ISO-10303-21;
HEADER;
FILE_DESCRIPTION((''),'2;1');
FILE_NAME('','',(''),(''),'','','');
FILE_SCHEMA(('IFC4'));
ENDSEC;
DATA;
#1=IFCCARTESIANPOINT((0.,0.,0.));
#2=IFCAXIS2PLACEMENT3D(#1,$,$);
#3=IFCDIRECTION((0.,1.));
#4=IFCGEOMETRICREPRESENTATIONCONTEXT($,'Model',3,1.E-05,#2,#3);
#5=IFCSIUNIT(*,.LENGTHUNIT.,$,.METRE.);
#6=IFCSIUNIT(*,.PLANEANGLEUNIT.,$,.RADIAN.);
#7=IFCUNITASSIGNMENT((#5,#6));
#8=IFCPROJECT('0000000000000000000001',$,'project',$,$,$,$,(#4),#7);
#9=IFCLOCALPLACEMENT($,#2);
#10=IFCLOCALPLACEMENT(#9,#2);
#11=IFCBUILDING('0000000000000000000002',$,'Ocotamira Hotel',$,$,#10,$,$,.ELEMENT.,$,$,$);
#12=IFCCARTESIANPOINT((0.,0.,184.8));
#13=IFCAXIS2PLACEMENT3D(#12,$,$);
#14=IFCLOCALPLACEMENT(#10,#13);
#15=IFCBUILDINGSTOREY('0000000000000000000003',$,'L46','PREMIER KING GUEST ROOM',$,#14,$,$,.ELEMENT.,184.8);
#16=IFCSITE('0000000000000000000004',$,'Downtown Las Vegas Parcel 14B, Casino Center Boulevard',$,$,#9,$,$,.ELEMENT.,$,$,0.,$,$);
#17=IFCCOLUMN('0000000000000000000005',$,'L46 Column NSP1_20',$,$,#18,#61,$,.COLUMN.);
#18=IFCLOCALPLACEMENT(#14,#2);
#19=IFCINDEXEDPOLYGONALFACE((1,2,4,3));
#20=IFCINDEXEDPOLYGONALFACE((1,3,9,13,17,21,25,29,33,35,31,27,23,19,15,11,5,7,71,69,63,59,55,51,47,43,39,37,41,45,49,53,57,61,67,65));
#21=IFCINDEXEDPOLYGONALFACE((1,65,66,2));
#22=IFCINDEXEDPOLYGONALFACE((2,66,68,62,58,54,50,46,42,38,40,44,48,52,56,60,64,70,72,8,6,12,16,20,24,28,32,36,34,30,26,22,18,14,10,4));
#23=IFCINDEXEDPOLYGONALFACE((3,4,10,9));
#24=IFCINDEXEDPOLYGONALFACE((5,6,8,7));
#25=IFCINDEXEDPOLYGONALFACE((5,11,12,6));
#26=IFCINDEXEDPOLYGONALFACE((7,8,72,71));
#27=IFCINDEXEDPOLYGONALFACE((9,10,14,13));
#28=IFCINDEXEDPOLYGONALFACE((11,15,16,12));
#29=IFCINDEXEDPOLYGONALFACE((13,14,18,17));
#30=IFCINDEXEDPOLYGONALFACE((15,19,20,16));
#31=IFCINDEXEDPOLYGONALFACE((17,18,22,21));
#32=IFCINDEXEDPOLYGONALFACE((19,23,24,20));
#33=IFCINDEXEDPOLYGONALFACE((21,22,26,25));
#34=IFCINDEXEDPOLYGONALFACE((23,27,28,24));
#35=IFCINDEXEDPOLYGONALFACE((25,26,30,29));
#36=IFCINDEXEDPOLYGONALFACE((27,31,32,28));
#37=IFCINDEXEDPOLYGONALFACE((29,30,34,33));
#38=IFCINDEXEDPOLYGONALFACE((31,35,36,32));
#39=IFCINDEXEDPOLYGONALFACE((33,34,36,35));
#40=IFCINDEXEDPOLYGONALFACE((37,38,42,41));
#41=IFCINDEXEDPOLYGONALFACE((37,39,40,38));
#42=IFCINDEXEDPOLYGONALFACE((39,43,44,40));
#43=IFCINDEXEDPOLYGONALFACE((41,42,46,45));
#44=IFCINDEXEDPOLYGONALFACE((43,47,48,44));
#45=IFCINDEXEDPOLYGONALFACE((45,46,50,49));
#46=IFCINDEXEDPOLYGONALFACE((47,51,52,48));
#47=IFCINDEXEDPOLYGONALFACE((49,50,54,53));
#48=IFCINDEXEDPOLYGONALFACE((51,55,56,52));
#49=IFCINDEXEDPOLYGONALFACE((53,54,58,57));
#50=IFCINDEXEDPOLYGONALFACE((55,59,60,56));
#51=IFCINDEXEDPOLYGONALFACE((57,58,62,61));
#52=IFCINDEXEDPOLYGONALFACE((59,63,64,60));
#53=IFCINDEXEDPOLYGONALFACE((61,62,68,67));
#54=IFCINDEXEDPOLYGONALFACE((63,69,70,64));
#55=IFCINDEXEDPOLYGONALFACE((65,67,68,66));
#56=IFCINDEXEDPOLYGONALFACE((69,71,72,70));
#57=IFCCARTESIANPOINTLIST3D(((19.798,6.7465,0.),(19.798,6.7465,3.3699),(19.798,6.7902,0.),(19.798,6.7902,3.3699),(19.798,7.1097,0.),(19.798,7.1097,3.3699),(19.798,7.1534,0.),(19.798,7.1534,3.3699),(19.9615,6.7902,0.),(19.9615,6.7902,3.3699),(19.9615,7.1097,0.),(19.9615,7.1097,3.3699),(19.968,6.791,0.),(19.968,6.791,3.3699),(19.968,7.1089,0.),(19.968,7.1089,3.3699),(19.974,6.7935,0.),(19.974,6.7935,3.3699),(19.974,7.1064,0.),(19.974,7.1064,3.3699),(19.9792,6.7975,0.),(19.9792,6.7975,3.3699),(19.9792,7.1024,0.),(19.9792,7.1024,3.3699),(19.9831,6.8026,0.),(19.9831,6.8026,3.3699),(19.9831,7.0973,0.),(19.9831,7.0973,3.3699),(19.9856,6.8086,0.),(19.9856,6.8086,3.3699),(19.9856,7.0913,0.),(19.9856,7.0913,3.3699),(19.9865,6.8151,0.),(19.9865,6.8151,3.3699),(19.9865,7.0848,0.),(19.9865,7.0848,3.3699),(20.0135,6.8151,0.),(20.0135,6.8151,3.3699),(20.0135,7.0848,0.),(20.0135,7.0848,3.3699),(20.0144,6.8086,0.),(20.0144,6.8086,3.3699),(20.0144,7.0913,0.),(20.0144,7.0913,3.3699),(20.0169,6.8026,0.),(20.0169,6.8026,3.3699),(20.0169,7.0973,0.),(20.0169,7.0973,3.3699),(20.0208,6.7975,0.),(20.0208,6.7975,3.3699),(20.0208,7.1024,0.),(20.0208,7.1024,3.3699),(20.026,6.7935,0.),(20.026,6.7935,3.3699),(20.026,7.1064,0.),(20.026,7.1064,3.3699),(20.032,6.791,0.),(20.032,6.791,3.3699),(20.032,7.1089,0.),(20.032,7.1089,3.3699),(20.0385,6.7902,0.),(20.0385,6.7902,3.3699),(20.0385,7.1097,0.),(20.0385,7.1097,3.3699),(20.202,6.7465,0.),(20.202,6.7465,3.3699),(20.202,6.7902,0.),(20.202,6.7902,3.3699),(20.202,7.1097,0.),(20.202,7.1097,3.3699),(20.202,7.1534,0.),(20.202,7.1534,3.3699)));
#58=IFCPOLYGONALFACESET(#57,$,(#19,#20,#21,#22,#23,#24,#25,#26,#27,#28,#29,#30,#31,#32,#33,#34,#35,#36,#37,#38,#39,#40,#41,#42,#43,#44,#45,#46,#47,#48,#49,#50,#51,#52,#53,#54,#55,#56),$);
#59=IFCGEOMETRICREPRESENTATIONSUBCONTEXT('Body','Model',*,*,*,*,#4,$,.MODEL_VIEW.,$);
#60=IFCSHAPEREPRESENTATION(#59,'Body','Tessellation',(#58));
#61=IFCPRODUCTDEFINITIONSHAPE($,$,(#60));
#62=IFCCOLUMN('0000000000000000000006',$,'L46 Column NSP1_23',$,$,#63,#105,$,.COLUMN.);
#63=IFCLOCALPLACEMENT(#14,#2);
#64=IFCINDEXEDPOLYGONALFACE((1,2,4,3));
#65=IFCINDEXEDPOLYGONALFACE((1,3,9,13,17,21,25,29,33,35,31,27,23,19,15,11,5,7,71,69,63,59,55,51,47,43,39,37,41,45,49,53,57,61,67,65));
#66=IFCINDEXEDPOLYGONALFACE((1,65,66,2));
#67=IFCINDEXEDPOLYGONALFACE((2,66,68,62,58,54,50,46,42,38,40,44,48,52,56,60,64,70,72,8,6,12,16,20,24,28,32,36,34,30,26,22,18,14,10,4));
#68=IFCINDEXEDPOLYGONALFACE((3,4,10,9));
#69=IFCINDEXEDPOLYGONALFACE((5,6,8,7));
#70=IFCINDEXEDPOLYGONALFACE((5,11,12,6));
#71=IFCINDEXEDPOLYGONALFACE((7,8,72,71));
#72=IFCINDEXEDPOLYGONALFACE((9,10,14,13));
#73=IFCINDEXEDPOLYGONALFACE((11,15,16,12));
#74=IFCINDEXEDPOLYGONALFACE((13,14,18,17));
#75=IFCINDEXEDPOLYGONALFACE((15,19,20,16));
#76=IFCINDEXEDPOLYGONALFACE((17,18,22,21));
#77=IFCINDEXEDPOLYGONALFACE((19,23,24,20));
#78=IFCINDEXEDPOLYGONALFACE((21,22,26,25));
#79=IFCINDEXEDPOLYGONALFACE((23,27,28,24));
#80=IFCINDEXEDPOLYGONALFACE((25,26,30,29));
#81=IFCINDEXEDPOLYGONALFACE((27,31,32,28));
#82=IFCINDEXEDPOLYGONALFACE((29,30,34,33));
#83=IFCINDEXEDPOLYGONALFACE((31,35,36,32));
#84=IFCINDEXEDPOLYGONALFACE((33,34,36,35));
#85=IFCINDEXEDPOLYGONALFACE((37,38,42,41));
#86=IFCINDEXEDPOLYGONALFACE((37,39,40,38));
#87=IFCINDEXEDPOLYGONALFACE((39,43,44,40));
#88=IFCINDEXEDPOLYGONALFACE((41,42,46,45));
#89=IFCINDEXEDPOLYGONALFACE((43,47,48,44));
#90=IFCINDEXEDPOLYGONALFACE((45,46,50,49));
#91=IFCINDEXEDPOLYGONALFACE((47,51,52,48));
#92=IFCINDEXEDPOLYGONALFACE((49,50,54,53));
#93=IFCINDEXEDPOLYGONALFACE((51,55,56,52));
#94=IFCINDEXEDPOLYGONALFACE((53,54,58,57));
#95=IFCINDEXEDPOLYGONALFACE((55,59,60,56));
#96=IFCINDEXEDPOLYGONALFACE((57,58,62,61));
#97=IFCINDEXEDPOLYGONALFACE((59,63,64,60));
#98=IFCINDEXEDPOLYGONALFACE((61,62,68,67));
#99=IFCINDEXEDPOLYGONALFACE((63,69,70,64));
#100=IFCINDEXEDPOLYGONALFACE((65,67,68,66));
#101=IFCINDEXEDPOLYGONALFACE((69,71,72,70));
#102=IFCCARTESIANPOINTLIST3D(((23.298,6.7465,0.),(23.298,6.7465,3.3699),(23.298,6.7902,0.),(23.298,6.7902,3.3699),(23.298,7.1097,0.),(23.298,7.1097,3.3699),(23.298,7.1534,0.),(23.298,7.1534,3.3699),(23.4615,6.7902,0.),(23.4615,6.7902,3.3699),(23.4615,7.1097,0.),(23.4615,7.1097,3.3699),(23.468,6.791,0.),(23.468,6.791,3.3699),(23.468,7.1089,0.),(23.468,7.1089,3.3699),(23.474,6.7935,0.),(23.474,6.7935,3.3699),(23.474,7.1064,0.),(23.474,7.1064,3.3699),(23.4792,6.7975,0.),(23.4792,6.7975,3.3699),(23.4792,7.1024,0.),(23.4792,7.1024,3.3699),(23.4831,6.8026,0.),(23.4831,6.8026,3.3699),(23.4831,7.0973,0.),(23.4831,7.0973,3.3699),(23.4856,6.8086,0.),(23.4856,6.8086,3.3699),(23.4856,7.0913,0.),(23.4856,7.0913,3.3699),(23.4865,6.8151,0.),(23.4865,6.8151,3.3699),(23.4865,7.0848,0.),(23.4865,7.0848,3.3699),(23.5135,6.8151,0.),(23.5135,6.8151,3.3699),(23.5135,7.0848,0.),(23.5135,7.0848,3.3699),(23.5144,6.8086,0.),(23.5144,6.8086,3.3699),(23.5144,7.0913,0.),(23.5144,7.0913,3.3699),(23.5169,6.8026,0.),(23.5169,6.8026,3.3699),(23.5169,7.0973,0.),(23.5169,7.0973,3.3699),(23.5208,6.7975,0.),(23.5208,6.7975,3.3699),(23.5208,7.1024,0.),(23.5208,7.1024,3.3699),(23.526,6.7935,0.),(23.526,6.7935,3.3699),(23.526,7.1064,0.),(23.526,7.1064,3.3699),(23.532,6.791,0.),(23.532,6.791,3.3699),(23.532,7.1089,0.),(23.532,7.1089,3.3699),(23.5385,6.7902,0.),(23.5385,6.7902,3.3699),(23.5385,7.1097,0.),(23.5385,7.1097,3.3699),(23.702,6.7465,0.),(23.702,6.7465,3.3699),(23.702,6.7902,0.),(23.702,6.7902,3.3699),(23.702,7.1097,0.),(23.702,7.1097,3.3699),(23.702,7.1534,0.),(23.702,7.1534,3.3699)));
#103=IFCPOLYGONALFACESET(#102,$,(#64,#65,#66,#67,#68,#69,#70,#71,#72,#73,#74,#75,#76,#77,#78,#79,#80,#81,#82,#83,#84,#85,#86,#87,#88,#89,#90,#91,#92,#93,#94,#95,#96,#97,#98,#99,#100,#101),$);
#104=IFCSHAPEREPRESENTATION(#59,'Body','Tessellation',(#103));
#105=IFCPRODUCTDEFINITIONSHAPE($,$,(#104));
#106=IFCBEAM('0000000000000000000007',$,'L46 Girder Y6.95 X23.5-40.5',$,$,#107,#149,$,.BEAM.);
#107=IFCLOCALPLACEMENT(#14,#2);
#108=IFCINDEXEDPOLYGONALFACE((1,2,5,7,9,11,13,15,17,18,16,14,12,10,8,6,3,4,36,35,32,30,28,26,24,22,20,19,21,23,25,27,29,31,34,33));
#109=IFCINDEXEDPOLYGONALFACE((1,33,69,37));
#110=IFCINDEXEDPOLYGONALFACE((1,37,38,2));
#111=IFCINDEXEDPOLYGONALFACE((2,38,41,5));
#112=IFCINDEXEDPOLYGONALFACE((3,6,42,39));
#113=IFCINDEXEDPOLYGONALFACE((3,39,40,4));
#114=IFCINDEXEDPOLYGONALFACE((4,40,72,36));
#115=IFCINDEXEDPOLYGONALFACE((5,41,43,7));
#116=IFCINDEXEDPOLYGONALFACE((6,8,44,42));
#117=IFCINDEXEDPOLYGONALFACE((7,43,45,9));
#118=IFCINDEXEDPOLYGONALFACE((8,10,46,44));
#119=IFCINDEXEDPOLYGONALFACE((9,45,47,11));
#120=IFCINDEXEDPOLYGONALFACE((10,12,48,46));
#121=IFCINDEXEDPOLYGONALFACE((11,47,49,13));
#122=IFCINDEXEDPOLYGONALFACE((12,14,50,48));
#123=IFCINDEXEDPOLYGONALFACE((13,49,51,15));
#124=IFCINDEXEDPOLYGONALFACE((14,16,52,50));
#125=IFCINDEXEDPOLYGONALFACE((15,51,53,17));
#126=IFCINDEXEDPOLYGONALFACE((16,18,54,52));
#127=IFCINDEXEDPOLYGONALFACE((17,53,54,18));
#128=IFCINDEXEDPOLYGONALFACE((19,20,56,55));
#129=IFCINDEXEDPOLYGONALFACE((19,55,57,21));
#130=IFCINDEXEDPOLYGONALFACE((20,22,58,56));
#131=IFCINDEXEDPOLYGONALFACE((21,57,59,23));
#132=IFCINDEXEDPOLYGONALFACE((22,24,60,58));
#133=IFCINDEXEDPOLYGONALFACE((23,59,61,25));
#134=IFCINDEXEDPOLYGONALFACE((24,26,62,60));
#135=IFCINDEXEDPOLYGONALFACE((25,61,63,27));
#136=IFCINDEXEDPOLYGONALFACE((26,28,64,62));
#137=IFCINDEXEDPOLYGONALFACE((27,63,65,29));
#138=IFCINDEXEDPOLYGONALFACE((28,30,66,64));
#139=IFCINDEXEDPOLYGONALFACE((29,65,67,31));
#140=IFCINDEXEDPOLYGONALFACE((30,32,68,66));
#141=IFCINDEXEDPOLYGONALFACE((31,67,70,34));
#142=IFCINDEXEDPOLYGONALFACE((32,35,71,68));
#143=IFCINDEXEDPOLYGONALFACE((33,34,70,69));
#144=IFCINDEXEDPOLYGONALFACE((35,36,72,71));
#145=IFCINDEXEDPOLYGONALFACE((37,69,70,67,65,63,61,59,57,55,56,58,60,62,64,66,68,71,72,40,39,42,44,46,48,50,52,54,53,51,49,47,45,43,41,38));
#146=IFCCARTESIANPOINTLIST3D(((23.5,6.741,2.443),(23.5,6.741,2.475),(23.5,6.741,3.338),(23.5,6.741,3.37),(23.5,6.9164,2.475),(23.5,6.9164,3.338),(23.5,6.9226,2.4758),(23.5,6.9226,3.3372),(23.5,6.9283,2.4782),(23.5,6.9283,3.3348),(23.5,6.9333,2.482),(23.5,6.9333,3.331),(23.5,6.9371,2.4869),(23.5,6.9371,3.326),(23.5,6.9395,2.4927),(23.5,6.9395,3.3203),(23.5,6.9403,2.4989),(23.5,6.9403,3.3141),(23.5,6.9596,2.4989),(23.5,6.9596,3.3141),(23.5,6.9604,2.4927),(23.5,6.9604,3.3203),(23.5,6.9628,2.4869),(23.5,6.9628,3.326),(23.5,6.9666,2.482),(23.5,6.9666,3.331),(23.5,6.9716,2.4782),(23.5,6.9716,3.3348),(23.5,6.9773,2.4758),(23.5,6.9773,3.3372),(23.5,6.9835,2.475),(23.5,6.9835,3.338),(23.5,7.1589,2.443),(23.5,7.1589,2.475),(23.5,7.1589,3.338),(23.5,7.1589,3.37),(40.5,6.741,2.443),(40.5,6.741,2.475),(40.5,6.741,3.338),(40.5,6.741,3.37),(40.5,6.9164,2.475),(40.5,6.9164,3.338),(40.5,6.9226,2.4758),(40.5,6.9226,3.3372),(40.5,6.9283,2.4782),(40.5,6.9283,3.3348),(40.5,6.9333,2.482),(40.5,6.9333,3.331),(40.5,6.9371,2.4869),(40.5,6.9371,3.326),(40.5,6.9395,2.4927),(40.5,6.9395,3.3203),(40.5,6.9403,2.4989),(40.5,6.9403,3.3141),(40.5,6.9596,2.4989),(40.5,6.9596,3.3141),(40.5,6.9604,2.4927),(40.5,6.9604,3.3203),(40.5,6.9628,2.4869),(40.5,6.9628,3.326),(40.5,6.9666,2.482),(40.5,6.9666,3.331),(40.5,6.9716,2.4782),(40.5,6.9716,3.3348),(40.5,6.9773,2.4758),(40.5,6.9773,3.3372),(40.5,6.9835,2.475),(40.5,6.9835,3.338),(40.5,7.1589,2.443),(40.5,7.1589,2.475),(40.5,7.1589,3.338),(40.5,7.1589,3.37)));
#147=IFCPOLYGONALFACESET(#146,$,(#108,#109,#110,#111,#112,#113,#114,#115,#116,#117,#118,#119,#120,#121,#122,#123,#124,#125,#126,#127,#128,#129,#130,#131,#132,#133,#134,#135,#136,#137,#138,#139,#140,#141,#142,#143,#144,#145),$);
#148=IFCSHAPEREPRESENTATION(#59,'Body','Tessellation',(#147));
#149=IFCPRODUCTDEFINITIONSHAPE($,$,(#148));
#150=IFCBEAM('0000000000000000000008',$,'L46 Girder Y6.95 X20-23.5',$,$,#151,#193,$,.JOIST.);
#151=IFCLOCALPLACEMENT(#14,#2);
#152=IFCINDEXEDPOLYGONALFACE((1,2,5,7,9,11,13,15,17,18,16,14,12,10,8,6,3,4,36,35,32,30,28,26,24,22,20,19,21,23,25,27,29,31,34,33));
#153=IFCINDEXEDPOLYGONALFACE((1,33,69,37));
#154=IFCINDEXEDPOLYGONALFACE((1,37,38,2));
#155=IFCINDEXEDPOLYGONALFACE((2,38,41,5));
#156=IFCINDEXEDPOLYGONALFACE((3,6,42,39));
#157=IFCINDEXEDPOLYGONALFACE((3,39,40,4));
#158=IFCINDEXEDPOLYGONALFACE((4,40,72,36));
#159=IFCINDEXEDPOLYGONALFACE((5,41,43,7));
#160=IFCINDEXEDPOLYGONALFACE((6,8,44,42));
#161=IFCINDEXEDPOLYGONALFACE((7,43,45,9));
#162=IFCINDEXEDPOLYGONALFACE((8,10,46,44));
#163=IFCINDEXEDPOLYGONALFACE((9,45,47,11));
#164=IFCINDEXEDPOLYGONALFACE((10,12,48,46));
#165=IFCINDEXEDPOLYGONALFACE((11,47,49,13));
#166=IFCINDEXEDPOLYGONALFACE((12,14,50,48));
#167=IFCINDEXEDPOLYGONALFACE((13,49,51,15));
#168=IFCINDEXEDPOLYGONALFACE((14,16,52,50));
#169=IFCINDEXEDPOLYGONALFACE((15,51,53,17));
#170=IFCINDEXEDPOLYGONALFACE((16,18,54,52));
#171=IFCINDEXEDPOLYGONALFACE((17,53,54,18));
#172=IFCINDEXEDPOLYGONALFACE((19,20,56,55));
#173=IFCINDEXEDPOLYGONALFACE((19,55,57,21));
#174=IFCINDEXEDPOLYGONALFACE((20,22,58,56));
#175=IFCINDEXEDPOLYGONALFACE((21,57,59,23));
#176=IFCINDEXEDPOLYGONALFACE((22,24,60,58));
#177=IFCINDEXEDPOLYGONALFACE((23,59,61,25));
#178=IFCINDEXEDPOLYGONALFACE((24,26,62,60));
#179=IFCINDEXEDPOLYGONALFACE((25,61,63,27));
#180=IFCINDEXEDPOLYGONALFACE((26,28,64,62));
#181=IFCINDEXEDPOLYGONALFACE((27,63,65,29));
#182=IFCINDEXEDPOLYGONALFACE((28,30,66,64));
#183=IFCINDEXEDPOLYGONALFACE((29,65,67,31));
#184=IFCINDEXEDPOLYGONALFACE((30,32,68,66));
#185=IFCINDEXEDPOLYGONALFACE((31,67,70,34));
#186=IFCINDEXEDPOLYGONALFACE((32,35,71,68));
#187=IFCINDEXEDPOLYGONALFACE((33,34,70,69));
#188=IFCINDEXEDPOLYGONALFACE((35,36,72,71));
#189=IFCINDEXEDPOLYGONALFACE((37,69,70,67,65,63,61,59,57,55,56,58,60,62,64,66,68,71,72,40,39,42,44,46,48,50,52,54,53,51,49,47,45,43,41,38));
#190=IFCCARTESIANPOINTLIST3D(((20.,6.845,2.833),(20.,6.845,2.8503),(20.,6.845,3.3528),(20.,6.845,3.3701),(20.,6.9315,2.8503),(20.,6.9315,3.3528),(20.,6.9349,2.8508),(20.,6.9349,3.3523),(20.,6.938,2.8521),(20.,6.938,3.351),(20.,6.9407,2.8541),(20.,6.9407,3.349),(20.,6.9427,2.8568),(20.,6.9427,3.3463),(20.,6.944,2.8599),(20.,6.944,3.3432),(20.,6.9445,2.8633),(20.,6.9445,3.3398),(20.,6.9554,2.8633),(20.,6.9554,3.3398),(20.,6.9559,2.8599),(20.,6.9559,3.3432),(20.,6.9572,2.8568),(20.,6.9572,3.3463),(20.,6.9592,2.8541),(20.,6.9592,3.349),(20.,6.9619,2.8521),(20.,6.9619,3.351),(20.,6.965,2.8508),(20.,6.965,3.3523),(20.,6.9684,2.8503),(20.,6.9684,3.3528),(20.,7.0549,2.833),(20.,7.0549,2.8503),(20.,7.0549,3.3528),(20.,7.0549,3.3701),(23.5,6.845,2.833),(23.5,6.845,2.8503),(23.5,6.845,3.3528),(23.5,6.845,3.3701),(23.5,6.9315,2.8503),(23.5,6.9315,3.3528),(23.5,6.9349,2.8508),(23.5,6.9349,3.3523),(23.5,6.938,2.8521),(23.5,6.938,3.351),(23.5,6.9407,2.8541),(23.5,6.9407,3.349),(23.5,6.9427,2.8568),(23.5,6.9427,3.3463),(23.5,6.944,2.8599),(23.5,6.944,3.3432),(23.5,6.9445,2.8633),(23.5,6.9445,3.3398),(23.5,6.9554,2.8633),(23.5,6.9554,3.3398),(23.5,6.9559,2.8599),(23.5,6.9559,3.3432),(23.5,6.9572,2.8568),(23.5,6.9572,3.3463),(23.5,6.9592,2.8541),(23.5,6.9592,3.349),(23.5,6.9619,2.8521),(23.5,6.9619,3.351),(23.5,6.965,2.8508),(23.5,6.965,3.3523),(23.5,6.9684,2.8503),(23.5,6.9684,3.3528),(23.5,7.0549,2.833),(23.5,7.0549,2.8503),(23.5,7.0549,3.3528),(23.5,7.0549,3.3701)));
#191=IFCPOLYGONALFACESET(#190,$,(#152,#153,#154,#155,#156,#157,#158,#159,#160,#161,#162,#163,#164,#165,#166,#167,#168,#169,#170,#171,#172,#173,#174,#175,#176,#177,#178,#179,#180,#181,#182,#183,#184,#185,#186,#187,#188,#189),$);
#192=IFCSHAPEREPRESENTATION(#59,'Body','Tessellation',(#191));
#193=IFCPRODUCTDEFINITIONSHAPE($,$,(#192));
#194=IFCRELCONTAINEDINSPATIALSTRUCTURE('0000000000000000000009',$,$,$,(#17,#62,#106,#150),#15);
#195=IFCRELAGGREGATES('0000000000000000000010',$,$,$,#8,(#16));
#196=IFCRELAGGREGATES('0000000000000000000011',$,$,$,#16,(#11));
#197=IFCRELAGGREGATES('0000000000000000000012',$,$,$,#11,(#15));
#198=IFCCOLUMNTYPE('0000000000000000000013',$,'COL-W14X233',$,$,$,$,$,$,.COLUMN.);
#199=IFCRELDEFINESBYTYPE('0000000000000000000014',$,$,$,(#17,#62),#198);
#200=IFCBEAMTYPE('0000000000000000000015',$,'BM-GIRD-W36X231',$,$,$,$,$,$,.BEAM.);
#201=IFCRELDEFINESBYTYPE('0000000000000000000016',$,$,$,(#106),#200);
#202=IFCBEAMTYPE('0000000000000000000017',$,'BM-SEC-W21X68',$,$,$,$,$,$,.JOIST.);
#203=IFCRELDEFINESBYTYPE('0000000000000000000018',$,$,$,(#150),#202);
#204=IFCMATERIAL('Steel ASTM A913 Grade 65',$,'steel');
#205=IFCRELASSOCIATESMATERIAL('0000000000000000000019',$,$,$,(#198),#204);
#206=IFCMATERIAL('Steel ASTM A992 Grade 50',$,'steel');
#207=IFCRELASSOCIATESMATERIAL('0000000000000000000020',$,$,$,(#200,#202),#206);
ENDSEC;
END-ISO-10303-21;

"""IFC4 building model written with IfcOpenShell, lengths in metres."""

from ifc_helpers import new_model, si_unit, direction, frame, origin, origin_2d, place, context, subcontext, project, spatial, i_section, extrude, source, transform, mapped, material, material_profile, profile_set, type_object, element, save


model = new_model("IFC4")

# Units and contexts
model_context = context("Model", 3, precision=1e-05, world=origin(), true_north=direction((0.0, 1.0)))
body_context = subcontext(model_context, "Body", "Model", "MODEL_VIEW")
ifc_project = project(units=[si_unit("LENGTHUNIT", "METRE"), si_unit("PLANEANGLEUNIT", "RADIAN")], contexts=[model_context])

# Site, building, storey
site_placement = place(None, origin())
site = spatial("IfcSite", under=ifc_project, at=site_placement, Name="Downtown Las Vegas Parcel 14B, Casino Center Boulevard", CompositionType="ELEMENT", RefElevation=0.0)
building_placement = place(site_placement, origin())
building = spatial("IfcBuilding", under=site, at=building_placement, Name="Ocotamira Hotel", CompositionType="ELEMENT")
storey_placement = place(building_placement, frame((0.0, 0.0, 184.8)))
storey = spatial("IfcBuildingStorey", under=building, at=storey_placement, Name="L46", Description="PREMIER KING GUEST ROOM", CompositionType="ELEMENT", Elevation=184.8)

# Columns
ifc_material_1 = material(Name="Steel ASTM A913 Grade 65", Category="steel")
ifc_material_profile_1 = material_profile(ifc_material_1, i_section(OverallWidth=0.4041, OverallDepth=0.407, WebThickness=0.0271, FlangeThickness=0.0437, FilletRadius=0.0249, at=origin_2d()), Name="W14X233")
ifc_profile_set_1 = profile_set([ifc_material_profile_1], Name="Steel ASTM A913 Grade 65")
column_type = type_object("IfcColumnType", Name="COL-W14X233", PredefinedType="COLUMN", material=ifc_profile_set_1)
shared_shape_1 = source(origin(), body_context, "Body", "SweptSolid", [
    extrude(i_section(OverallWidth=0.4041, OverallDepth=0.407, WebThickness=0.0271, FlangeThickness=0.0437, FilletRadius=0.0249, at=origin_2d()), origin(), (0.0, 0.0, 1.0), 3.3699),
])
for number, where, z_axis, x_axis, name in (
    (1, (20.0, 6.95, 0.0), (0.0, 0.0, 1.0), (1.0, 0.0, 0.0), "L46 Column NSP1_20"),
    (2, (23.5, 6.95, 0.0), (0.0, 0.0, 1.0), (1.0, 0.0, 0.0), "L46 Column NSP1_23"),
):
    element("IfcColumn", number, at=place(storey_placement, frame(where, z_axis=z_axis, x_axis=x_axis)), inside=storey, type_object=column_type, Name=name, PredefinedType="COLUMN", context=body_context, shape_type="MappedRepresentation", body=[
        mapped(shared_shape_1, transform((0.0, 0.0, 0.0), scale=1.0)),
    ])

# Beams
ifc_material_2 = material(Name="Steel ASTM A992 Grade 50", Category="steel")
ifc_material_profile_2 = material_profile(ifc_material_2, i_section(OverallWidth=0.418, OverallDepth=0.927, WebThickness=0.0193, FlangeThickness=0.032, FilletRadius=0.0239, at=origin_2d()), Name="W36X231")
ifc_profile_set_2 = profile_set([ifc_material_profile_2], Name="Steel ASTM A992 Grade 50")
beam_type_1 = type_object("IfcBeamType", Name="BM-GIRD-W36X231", PredefinedType="BEAM", material=ifc_profile_set_2)
shared_shape_2 = source(origin(), body_context, "Body", "SweptSolid", [
    extrude(i_section(OverallWidth=0.418, OverallDepth=0.927, WebThickness=0.0193, FlangeThickness=0.032, FilletRadius=0.0239, at=origin_2d()), origin(), (0.0, 0.0, 1.0), 17.0),
])
beam_1_placement = place(storey_placement, frame((23.5, 6.95, 2.9065), z_axis=(1.0, 0.0, 0.0), x_axis=(0.0, 1.0, 0.0)))
element("IfcBeam", 3, at=beam_1_placement, inside=storey, type_object=beam_type_1, Name="L46 Girder Y6.95 X23.5-40.5", PredefinedType="BEAM", context=body_context, shape_type="MappedRepresentation", body=[
    mapped(shared_shape_2, transform((0.0, 0.0, 0.0), scale=1.0)),
])
ifc_material_profile_3 = material_profile(ifc_material_2, i_section(OverallWidth=0.21, OverallDepth=0.5371, WebThickness=0.011, FlangeThickness=0.0173, FilletRadius=0.0129, at=origin_2d()), Name="W21X68")
ifc_profile_set_3 = profile_set([ifc_material_profile_3], Name="Steel ASTM A992 Grade 50")
beam_type_2 = type_object("IfcBeamType", Name="BM-SEC-W21X68", PredefinedType="JOIST", material=ifc_profile_set_3)
shared_shape_3 = source(origin(), body_context, "Body", "SweptSolid", [
    extrude(i_section(OverallWidth=0.21, OverallDepth=0.5371, WebThickness=0.011, FlangeThickness=0.0173, FilletRadius=0.0129, at=origin_2d()), origin(), (0.0, 0.0, 1.0), 3.5),
])
beam_2_placement = place(storey_placement, frame((20.0, 6.95, 3.1016), z_axis=(1.0, 0.0, 0.0), x_axis=(0.0, 1.0, 0.0)))
element("IfcBeam", 4, at=beam_2_placement, inside=storey, type_object=beam_type_2, Name="L46 Girder Y6.95 X20-23.5", PredefinedType="JOIST", context=body_context, shape_type="MappedRepresentation", body=[
    mapped(shared_shape_3, transform((0.0, 0.0, 0.0), scale=1.0)),
])

save(model, "model.ifc")
